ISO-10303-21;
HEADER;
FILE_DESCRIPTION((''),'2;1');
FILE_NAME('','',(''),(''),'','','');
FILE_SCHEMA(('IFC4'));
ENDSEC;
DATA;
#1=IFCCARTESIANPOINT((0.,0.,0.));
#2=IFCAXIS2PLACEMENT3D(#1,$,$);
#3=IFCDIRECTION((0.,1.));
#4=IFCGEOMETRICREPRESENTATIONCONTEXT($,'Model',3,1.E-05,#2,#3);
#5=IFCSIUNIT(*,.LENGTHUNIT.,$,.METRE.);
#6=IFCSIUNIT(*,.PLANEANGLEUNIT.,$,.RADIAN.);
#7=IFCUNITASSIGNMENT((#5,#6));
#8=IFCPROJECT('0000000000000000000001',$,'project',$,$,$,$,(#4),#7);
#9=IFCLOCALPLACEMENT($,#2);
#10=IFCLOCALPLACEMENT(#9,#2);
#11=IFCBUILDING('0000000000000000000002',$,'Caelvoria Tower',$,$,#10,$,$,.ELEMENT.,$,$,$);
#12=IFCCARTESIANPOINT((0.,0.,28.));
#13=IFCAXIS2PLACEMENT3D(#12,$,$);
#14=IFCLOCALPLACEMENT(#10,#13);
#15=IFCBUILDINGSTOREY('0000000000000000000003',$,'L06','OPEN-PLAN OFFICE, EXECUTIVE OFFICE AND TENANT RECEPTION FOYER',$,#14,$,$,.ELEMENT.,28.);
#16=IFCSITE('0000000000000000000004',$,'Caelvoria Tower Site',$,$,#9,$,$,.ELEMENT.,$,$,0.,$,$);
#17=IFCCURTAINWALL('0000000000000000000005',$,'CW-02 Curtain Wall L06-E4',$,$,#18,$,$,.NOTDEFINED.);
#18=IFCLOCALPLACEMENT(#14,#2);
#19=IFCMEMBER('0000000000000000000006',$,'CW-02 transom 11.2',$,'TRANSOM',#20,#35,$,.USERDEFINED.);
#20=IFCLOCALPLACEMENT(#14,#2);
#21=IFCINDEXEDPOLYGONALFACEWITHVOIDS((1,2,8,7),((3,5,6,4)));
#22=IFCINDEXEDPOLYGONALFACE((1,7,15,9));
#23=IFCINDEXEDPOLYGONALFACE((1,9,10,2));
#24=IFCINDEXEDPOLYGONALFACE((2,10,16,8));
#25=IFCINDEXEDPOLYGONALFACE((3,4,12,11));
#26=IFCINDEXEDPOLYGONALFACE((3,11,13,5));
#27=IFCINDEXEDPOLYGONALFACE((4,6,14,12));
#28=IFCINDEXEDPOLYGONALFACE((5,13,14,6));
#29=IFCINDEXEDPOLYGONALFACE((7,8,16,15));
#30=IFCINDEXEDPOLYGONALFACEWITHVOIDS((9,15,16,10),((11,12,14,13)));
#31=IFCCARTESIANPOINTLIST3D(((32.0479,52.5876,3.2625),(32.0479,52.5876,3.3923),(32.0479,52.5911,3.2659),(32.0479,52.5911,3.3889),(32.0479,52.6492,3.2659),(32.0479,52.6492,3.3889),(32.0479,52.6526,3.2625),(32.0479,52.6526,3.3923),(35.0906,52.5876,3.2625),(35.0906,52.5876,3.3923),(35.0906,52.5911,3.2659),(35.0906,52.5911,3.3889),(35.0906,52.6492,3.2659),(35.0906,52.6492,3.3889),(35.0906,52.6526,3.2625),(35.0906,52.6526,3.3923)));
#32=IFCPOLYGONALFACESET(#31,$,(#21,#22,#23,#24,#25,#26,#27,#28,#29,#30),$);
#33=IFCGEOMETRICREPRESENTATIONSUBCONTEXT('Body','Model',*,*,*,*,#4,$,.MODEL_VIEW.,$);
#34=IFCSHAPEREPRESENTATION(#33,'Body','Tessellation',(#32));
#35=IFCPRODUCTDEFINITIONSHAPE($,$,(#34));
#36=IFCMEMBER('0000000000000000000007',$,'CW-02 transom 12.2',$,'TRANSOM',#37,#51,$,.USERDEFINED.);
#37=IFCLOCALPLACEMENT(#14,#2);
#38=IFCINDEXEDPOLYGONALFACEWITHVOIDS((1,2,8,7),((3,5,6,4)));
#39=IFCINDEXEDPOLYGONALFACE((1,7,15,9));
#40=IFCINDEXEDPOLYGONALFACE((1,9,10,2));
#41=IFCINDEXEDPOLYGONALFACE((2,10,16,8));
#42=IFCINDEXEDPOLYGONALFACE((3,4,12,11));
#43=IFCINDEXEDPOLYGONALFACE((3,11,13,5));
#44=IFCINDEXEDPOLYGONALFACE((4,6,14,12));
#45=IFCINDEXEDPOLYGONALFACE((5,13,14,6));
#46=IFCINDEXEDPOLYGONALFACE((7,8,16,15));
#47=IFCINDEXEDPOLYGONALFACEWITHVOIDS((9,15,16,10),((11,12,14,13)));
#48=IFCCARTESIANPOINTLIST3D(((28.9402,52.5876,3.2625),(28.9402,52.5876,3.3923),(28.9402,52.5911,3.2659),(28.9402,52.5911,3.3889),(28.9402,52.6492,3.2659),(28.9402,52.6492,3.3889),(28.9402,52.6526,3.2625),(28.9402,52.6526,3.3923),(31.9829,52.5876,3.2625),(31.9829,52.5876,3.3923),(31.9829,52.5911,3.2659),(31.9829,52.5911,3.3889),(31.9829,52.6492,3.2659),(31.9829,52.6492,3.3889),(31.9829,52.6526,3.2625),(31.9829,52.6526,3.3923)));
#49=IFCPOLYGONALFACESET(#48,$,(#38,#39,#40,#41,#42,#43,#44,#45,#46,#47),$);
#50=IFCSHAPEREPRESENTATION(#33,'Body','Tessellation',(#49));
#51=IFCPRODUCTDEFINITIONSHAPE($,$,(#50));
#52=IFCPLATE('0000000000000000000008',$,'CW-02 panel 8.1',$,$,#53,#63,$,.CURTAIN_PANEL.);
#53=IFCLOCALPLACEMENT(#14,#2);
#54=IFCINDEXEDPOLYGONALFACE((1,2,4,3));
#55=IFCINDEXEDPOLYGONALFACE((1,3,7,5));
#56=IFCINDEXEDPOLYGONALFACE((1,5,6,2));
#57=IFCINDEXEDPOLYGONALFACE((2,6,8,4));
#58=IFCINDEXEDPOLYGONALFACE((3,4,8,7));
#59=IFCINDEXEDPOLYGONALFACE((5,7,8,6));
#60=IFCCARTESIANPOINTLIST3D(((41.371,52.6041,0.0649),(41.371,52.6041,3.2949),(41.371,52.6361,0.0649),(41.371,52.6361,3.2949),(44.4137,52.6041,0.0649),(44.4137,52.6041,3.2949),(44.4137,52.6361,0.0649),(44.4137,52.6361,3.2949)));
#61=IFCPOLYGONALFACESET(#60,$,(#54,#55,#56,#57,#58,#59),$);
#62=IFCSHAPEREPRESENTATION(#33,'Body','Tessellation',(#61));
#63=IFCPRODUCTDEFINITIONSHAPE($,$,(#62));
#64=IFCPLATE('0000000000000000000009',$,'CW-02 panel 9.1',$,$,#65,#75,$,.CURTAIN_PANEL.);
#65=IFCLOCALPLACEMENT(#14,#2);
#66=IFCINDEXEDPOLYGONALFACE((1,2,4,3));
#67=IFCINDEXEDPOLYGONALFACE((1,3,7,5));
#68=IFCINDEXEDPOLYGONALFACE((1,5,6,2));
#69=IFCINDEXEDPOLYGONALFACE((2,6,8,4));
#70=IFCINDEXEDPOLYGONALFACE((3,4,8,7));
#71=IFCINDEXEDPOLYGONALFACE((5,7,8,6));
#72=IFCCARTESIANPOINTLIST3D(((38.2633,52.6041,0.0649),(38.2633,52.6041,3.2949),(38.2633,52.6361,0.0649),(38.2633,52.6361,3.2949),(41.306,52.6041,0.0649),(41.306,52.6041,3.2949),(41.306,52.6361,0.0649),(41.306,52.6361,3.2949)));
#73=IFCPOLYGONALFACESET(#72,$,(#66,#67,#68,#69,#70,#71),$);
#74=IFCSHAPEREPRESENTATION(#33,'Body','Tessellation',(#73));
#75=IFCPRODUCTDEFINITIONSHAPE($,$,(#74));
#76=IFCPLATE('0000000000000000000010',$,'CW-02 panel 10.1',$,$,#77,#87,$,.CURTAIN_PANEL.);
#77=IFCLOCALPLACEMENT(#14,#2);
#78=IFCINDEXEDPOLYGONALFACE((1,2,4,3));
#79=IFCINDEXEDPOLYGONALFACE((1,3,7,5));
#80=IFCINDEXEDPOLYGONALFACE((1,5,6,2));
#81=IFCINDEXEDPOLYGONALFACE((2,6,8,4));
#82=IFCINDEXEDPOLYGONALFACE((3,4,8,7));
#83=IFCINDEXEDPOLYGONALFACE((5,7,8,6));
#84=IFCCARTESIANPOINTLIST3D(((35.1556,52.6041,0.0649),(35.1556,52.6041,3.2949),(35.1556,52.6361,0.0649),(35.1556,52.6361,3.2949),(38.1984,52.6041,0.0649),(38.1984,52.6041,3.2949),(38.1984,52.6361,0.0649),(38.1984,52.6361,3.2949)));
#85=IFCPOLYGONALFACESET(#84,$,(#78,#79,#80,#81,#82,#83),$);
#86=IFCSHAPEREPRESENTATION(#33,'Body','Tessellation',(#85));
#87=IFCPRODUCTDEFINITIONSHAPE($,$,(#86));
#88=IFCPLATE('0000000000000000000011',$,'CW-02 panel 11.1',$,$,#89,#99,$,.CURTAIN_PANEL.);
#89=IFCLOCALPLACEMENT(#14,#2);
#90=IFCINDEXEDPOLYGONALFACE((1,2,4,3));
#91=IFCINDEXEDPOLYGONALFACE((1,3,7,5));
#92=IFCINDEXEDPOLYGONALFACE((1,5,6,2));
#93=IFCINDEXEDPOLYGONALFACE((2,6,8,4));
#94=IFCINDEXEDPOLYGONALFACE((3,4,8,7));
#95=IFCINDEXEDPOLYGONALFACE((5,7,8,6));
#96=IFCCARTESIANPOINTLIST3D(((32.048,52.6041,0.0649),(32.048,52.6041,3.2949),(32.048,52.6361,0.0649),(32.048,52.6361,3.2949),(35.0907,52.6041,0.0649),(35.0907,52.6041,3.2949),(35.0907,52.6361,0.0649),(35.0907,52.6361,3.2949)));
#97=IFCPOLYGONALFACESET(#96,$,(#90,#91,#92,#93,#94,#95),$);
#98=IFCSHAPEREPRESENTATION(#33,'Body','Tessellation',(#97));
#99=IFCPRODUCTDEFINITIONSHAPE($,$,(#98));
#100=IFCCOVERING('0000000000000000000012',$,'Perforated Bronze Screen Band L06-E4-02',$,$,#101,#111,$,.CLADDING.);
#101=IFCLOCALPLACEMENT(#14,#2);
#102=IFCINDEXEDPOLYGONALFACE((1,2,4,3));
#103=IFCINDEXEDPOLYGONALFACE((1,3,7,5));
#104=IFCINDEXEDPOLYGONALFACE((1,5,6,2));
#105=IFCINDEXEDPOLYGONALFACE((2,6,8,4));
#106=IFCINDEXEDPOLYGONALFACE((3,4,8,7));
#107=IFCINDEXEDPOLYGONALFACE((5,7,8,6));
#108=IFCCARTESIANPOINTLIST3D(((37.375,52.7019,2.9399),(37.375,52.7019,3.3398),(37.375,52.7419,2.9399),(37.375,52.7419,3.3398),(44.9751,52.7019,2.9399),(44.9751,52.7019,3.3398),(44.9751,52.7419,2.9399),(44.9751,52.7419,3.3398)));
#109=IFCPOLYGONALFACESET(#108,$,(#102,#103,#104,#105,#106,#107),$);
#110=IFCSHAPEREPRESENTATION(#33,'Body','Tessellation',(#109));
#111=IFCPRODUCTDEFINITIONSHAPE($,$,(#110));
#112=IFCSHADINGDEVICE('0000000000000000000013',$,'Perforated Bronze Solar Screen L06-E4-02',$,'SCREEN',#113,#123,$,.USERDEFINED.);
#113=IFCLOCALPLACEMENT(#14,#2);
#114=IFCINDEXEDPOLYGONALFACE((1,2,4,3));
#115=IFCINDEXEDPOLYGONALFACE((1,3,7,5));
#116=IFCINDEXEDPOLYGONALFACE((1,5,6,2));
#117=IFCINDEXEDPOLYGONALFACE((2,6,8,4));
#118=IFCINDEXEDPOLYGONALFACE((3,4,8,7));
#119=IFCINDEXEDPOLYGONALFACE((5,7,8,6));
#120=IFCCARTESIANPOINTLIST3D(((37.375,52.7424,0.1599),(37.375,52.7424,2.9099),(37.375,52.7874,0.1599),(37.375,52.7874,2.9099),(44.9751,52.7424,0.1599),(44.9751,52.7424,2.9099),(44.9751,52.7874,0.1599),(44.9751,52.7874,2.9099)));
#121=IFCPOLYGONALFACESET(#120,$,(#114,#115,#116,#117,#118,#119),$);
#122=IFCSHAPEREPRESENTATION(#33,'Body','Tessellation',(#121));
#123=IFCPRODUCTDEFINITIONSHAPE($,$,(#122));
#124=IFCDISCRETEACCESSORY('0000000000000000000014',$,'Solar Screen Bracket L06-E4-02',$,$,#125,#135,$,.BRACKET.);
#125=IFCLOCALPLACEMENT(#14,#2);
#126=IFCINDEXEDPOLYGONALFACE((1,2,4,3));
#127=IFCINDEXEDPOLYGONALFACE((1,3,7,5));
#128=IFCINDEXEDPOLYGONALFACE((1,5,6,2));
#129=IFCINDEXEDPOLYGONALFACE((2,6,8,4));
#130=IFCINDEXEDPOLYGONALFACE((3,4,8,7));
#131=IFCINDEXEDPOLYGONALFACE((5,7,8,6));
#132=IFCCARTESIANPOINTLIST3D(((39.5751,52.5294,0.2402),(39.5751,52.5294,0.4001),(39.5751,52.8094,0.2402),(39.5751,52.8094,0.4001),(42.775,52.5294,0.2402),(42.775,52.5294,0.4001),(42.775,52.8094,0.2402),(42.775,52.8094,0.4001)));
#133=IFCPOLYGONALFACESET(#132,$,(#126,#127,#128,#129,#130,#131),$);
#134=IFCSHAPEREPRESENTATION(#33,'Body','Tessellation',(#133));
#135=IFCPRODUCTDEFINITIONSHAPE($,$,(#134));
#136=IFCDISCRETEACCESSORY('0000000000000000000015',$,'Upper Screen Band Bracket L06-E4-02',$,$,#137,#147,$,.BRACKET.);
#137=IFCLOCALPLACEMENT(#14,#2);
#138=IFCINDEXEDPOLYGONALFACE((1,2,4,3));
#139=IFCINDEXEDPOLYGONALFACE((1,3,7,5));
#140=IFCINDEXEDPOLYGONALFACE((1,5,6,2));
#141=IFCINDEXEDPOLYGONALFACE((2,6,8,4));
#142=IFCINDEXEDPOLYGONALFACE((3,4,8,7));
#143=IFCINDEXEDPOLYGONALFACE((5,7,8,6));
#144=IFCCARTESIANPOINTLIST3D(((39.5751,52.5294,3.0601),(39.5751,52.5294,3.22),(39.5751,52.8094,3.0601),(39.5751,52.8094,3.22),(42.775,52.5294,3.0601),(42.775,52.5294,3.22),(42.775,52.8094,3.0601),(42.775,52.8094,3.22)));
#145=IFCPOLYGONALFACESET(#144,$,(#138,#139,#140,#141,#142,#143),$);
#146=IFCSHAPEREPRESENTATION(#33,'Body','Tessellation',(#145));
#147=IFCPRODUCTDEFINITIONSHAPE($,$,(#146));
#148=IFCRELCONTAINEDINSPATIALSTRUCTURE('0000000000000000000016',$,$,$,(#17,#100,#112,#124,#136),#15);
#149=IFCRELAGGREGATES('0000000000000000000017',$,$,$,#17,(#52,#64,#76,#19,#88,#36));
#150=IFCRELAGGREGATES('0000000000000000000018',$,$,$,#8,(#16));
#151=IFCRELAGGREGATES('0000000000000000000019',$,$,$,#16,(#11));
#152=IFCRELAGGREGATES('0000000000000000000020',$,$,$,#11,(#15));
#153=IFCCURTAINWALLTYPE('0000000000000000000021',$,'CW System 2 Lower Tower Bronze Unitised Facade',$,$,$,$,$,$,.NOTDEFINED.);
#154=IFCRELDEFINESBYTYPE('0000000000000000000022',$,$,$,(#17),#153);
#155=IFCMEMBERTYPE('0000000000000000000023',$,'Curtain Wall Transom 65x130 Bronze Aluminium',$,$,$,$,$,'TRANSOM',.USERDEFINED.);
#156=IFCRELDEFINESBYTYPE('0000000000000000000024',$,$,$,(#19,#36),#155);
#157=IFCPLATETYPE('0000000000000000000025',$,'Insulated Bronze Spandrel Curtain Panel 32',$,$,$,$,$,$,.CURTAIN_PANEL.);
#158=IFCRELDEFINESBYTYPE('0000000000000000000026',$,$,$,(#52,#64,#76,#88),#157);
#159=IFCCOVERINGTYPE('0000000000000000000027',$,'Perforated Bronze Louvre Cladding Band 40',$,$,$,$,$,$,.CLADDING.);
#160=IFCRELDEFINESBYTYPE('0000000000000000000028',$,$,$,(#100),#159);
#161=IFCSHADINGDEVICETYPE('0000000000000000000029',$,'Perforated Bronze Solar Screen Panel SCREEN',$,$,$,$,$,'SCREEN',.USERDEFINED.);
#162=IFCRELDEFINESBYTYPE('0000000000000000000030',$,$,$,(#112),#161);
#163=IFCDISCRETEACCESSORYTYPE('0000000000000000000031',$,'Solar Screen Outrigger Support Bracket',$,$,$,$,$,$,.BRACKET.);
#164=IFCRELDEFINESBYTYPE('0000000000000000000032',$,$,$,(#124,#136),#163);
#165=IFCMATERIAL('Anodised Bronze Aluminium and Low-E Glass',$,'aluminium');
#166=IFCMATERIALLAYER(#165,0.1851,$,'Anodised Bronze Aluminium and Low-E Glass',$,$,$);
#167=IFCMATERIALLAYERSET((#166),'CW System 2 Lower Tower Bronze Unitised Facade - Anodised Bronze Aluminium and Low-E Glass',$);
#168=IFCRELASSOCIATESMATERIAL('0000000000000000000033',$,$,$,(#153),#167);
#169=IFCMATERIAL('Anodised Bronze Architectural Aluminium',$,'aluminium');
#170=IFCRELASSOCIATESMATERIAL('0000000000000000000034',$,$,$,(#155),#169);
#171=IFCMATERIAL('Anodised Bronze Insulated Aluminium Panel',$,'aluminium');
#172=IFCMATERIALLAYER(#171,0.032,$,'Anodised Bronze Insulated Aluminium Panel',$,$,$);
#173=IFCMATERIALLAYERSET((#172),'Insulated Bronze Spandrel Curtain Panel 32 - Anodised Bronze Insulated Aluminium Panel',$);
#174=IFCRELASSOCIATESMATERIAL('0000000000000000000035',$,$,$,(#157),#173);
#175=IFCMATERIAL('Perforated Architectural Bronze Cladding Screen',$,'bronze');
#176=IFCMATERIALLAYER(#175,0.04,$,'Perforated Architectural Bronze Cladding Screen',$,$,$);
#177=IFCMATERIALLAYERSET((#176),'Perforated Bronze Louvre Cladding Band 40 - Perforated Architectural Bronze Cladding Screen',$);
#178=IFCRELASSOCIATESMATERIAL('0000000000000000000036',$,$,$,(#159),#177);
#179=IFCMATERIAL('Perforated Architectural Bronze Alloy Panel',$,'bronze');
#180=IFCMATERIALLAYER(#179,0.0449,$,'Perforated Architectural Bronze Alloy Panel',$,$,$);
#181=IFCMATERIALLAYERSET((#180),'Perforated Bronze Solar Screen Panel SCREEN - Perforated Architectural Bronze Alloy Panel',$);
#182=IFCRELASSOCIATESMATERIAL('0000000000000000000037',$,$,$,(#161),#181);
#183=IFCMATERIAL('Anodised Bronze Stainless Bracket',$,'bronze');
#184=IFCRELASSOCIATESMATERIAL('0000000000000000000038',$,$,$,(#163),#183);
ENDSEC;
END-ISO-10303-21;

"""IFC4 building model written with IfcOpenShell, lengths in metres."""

from ifc_helpers import new_model, si_unit, direction, frame, origin, origin_2d, place, context, subcontext, project, spatial, rectangle, hollow_rectangle, extrude, material, layer, layer_set, material_profile, profile_set, type_object, element, aggregate, save


model = new_model("IFC4")

# Units and contexts
model_context = context("Model", 3, precision=1e-05, world=origin(), true_north=direction((0.0, 1.0)))
body_context = subcontext(model_context, "Body", "Model", "MODEL_VIEW")
ifc_project = project(units=[si_unit("LENGTHUNIT", "METRE"), si_unit("PLANEANGLEUNIT", "RADIAN")], contexts=[model_context])

# Site, building, storey
site_placement = place(None, origin())
site = spatial("IfcSite", under=ifc_project, at=site_placement, Name="Caelvoria Tower Site", CompositionType="ELEMENT", RefElevation=0.0)
building_placement = place(site_placement, origin())
building = spatial("IfcBuilding", under=site, at=building_placement, Name="Caelvoria Tower", CompositionType="ELEMENT")
storey_placement = place(building_placement, frame((0.0, 0.0, 28.0)))
storey = spatial("IfcBuildingStorey", under=building, at=storey_placement, Name="L06", Description="OPEN-PLAN OFFICE, EXECUTIVE OFFICE AND TENANT RECEPTION FOYER", CompositionType="ELEMENT", Elevation=28.0)

# Curtain wall, members, plates
ifc_material_1 = material(Name="Anodised Bronze Aluminium and Low-E Glass", Category="aluminium")
ifc_layer_1 = layer(ifc_material_1, 0.1851, Name="Anodised Bronze Aluminium and Low-E Glass")
ifc_layer_set_1 = layer_set([ifc_layer_1], Name="CW System 2 Lower Tower Bronze Unitised Facade - Anodised Bronze Aluminium and Low-E Glass")
curtain_wall_type = type_object("IfcCurtainWallType", Name="CW System 2 Lower Tower Bronze Unitised Facade", PredefinedType="NOTDEFINED", material=ifc_layer_set_1)
curtain_wall_placement = place(storey_placement, origin())
curtain_wall = element("IfcCurtainWall", 1, at=curtain_wall_placement, inside=storey, type_object=curtain_wall_type, Name="CW-02 Curtain Wall L06-E4", PredefinedType="NOTDEFINED")
ifc_material_2 = material(Name="Anodised Bronze Architectural Aluminium", Category="aluminium")
ifc_material_profile_1 = material_profile(ifc_material_2, hollow_rectangle(XDim=0.0649, YDim=0.1299, WallThickness=0.0034, at=origin_2d()), Name="Anodised Bronze Architectural Aluminium")
ifc_profile_set_1 = profile_set([ifc_material_profile_1], Name="CW_TRAN_65X130 - Anodised Bronze Architectural Aluminium")
member_type_1 = type_object("IfcMemberType", Name="Curtain Wall Transom 65x130 Bronze Aluminium", ElementType="TRANSOM", PredefinedType="USERDEFINED", material=ifc_profile_set_1)
member_1_placement = place(storey_placement, frame((35.0906, 52.6201, 3.3274), z_axis=(-1.0, 0.0, 0.0), x_axis=(0.0, -1.0, 0.0)))
member_1 = element("IfcMember", 2, at=member_1_placement, type_object=member_type_1, Name="CW-02 transom 11.2", ObjectType="TRANSOM", PredefinedType="USERDEFINED", context=body_context, shape_type="SweptSolid", body=[
    extrude(hollow_rectangle(XDim=0.0649, YDim=0.1299, WallThickness=0.0034, at=origin_2d()), origin(), (0.0, 0.0, 1.0), 3.0427),
])
member_2_placement = place(storey_placement, frame((31.9829, 52.6201, 3.3274), z_axis=(-1.0, 0.0, 0.0), x_axis=(0.0, -1.0, 0.0)))
member_2 = element("IfcMember", 3, at=member_2_placement, type_object=member_type_1, Name="CW-02 transom 12.2", ObjectType="TRANSOM", PredefinedType="USERDEFINED", context=body_context, shape_type="SweptSolid", body=[
    extrude(hollow_rectangle(XDim=0.0649, YDim=0.1299, WallThickness=0.0034, at=origin_2d()), origin(), (0.0, 0.0, 1.0), 3.0427),
])
ifc_material_3 = material(Name="Anodised Bronze Insulated Aluminium Panel", Category="aluminium")
ifc_layer_2 = layer(ifc_material_3, 0.032, Name="Anodised Bronze Insulated Aluminium Panel")
ifc_layer_set_2 = layer_set([ifc_layer_2], Name="Insulated Bronze Spandrel Curtain Panel 32 - Anodised Bronze Insulated Aluminium Panel")
plate_type = type_object("IfcPlateType", Name="Insulated Bronze Spandrel Curtain Panel 32", PredefinedType="CURTAIN_PANEL", material=ifc_layer_set_2)
plate_1_placement = place(storey_placement, frame((42.8923, 52.6201, 0.0649), z_axis=(0.0, 0.0, 1.0), x_axis=(-1.0, 0.0, 0.0)))
plate_1 = element("IfcPlate", 4, at=plate_1_placement, type_object=plate_type, Name="CW-02 panel 8.1", PredefinedType="CURTAIN_PANEL", context=body_context, shape_type="SweptSolid", body=[
    extrude(rectangle(XDim=3.0427, YDim=0.032, at=origin_2d()), origin(), (0.0, 0.0, 1.0), 3.23),
])
plate_2_placement = place(storey_placement, frame((39.7847, 52.6201, 0.0649), z_axis=(0.0, 0.0, 1.0), x_axis=(-1.0, 0.0, 0.0)))
plate_2 = element("IfcPlate", 5, at=plate_2_placement, type_object=plate_type, Name="CW-02 panel 9.1", PredefinedType="CURTAIN_PANEL", context=body_context, shape_type="SweptSolid", body=[
    extrude(rectangle(XDim=3.0427, YDim=0.032, at=origin_2d()), origin(), (0.0, 0.0, 1.0), 3.23),
])
plate_3_placement = place(storey_placement, frame((36.677, 52.6201, 0.0649), z_axis=(0.0, 0.0, 1.0), x_axis=(-1.0, 0.0, 0.0)))
plate_3 = element("IfcPlate", 6, at=plate_3_placement, type_object=plate_type, Name="CW-02 panel 10.1", PredefinedType="CURTAIN_PANEL", context=body_context, shape_type="SweptSolid", body=[
    extrude(rectangle(XDim=3.0427, YDim=0.032, at=origin_2d()), origin(), (0.0, 0.0, 1.0), 3.23),
])
plate_4_placement = place(storey_placement, frame((33.5693, 52.6201, 0.0649), z_axis=(0.0, 0.0, 1.0), x_axis=(-1.0, 0.0, 0.0)))
plate_4 = element("IfcPlate", 7, at=plate_4_placement, type_object=plate_type, Name="CW-02 panel 11.1", PredefinedType="CURTAIN_PANEL", context=body_context, shape_type="SweptSolid", body=[
    extrude(rectangle(XDim=3.0427, YDim=0.032, at=origin_2d()), origin(), (0.0, 0.0, 1.0), 3.23),
])
aggregate(curtain_wall, [plate_1, plate_2, plate_3, member_1, plate_4, member_2])

# Covering
ifc_material_4 = material(Name="Perforated Architectural Bronze Cladding Screen", Category="bronze")
ifc_layer_3 = layer(ifc_material_4, 0.04, Name="Perforated Architectural Bronze Cladding Screen")
ifc_layer_set_3 = layer_set([ifc_layer_3], Name="Perforated Bronze Louvre Cladding Band 40 - Perforated Architectural Bronze Cladding Screen")
covering_type = type_object("IfcCoveringType", Name="Perforated Bronze Louvre Cladding Band 40", PredefinedType="CLADDING", material=ifc_layer_set_3)
covering_placement = place(storey_placement, frame((41.175, 52.7219, 2.9399), z_axis=(0.0, 0.0, 1.0), x_axis=(-1.0, 0.0, 0.0)))
element("IfcCovering", 8, at=covering_placement, inside=storey, type_object=covering_type, Name="Perforated Bronze Screen Band L06-E4-02", PredefinedType="CLADDING", context=body_context, shape_type="SweptSolid", body=[
    extrude(rectangle(XDim=7.6001, YDim=0.04, at=origin_2d()), origin(), (0.0, 0.0, 1.0), 0.3999),
])

# Shading device
ifc_material_5 = material(Name="Perforated Architectural Bronze Alloy Panel", Category="bronze")
ifc_layer_4 = layer(ifc_material_5, 0.0449, Name="Perforated Architectural Bronze Alloy Panel")
ifc_layer_set_4 = layer_set([ifc_layer_4], Name="Perforated Bronze Solar Screen Panel SCREEN - Perforated Architectural Bronze Alloy Panel")
shading_device_type = type_object("IfcShadingDeviceType", Name="Perforated Bronze Solar Screen Panel SCREEN", ElementType="SCREEN", PredefinedType="USERDEFINED", material=ifc_layer_set_4)
shading_device_placement = place(storey_placement, frame((41.175, 52.7649, 0.1599), z_axis=(0.0, 0.0, 1.0), x_axis=(-1.0, 0.0, 0.0)))
element("IfcShadingDevice", 9, at=shading_device_placement, inside=storey, type_object=shading_device_type, Name="Perforated Bronze Solar Screen L06-E4-02", ObjectType="SCREEN", PredefinedType="USERDEFINED", context=body_context, shape_type="SweptSolid", body=[
    extrude(rectangle(XDim=7.6001, YDim=0.0449, at=origin_2d()), origin(), (0.0, 0.0, 1.0), 2.75),
])

# Discrete accessories
ifc_material_6 = material(Name="Anodised Bronze Stainless Bracket", Category="bronze")
discrete_accessory_type = type_object("IfcDiscreteAccessoryType", Name="Solar Screen Outrigger Support Bracket", PredefinedType="BRACKET", material=ifc_material_6)
for number, where, z_axis, x_axis, name in (
    (10, (41.175, 52.6694, 0.2402), (0.0, 0.0, 1.0), (-1.0, 0.0, 0.0), "Solar Screen Bracket L06-E4-02"),
    (11, (41.175, 52.6694, 3.0601), (0.0, 0.0, 1.0), (-1.0, 0.0, 0.0), "Upper Screen Band Bracket L06-E4-02"),
):
    element("IfcDiscreteAccessory", number, at=place(storey_placement, frame(where, z_axis=z_axis, x_axis=x_axis)), inside=storey, type_object=discrete_accessory_type, Name=name, PredefinedType="BRACKET", context=body_context, shape_type="SweptSolid", body=[
        extrude(rectangle(XDim=3.2, YDim=0.28, at=origin_2d()), origin(), (0.0, 0.0, 1.0), 0.1599),
    ])

save(model, "model.ifc")
